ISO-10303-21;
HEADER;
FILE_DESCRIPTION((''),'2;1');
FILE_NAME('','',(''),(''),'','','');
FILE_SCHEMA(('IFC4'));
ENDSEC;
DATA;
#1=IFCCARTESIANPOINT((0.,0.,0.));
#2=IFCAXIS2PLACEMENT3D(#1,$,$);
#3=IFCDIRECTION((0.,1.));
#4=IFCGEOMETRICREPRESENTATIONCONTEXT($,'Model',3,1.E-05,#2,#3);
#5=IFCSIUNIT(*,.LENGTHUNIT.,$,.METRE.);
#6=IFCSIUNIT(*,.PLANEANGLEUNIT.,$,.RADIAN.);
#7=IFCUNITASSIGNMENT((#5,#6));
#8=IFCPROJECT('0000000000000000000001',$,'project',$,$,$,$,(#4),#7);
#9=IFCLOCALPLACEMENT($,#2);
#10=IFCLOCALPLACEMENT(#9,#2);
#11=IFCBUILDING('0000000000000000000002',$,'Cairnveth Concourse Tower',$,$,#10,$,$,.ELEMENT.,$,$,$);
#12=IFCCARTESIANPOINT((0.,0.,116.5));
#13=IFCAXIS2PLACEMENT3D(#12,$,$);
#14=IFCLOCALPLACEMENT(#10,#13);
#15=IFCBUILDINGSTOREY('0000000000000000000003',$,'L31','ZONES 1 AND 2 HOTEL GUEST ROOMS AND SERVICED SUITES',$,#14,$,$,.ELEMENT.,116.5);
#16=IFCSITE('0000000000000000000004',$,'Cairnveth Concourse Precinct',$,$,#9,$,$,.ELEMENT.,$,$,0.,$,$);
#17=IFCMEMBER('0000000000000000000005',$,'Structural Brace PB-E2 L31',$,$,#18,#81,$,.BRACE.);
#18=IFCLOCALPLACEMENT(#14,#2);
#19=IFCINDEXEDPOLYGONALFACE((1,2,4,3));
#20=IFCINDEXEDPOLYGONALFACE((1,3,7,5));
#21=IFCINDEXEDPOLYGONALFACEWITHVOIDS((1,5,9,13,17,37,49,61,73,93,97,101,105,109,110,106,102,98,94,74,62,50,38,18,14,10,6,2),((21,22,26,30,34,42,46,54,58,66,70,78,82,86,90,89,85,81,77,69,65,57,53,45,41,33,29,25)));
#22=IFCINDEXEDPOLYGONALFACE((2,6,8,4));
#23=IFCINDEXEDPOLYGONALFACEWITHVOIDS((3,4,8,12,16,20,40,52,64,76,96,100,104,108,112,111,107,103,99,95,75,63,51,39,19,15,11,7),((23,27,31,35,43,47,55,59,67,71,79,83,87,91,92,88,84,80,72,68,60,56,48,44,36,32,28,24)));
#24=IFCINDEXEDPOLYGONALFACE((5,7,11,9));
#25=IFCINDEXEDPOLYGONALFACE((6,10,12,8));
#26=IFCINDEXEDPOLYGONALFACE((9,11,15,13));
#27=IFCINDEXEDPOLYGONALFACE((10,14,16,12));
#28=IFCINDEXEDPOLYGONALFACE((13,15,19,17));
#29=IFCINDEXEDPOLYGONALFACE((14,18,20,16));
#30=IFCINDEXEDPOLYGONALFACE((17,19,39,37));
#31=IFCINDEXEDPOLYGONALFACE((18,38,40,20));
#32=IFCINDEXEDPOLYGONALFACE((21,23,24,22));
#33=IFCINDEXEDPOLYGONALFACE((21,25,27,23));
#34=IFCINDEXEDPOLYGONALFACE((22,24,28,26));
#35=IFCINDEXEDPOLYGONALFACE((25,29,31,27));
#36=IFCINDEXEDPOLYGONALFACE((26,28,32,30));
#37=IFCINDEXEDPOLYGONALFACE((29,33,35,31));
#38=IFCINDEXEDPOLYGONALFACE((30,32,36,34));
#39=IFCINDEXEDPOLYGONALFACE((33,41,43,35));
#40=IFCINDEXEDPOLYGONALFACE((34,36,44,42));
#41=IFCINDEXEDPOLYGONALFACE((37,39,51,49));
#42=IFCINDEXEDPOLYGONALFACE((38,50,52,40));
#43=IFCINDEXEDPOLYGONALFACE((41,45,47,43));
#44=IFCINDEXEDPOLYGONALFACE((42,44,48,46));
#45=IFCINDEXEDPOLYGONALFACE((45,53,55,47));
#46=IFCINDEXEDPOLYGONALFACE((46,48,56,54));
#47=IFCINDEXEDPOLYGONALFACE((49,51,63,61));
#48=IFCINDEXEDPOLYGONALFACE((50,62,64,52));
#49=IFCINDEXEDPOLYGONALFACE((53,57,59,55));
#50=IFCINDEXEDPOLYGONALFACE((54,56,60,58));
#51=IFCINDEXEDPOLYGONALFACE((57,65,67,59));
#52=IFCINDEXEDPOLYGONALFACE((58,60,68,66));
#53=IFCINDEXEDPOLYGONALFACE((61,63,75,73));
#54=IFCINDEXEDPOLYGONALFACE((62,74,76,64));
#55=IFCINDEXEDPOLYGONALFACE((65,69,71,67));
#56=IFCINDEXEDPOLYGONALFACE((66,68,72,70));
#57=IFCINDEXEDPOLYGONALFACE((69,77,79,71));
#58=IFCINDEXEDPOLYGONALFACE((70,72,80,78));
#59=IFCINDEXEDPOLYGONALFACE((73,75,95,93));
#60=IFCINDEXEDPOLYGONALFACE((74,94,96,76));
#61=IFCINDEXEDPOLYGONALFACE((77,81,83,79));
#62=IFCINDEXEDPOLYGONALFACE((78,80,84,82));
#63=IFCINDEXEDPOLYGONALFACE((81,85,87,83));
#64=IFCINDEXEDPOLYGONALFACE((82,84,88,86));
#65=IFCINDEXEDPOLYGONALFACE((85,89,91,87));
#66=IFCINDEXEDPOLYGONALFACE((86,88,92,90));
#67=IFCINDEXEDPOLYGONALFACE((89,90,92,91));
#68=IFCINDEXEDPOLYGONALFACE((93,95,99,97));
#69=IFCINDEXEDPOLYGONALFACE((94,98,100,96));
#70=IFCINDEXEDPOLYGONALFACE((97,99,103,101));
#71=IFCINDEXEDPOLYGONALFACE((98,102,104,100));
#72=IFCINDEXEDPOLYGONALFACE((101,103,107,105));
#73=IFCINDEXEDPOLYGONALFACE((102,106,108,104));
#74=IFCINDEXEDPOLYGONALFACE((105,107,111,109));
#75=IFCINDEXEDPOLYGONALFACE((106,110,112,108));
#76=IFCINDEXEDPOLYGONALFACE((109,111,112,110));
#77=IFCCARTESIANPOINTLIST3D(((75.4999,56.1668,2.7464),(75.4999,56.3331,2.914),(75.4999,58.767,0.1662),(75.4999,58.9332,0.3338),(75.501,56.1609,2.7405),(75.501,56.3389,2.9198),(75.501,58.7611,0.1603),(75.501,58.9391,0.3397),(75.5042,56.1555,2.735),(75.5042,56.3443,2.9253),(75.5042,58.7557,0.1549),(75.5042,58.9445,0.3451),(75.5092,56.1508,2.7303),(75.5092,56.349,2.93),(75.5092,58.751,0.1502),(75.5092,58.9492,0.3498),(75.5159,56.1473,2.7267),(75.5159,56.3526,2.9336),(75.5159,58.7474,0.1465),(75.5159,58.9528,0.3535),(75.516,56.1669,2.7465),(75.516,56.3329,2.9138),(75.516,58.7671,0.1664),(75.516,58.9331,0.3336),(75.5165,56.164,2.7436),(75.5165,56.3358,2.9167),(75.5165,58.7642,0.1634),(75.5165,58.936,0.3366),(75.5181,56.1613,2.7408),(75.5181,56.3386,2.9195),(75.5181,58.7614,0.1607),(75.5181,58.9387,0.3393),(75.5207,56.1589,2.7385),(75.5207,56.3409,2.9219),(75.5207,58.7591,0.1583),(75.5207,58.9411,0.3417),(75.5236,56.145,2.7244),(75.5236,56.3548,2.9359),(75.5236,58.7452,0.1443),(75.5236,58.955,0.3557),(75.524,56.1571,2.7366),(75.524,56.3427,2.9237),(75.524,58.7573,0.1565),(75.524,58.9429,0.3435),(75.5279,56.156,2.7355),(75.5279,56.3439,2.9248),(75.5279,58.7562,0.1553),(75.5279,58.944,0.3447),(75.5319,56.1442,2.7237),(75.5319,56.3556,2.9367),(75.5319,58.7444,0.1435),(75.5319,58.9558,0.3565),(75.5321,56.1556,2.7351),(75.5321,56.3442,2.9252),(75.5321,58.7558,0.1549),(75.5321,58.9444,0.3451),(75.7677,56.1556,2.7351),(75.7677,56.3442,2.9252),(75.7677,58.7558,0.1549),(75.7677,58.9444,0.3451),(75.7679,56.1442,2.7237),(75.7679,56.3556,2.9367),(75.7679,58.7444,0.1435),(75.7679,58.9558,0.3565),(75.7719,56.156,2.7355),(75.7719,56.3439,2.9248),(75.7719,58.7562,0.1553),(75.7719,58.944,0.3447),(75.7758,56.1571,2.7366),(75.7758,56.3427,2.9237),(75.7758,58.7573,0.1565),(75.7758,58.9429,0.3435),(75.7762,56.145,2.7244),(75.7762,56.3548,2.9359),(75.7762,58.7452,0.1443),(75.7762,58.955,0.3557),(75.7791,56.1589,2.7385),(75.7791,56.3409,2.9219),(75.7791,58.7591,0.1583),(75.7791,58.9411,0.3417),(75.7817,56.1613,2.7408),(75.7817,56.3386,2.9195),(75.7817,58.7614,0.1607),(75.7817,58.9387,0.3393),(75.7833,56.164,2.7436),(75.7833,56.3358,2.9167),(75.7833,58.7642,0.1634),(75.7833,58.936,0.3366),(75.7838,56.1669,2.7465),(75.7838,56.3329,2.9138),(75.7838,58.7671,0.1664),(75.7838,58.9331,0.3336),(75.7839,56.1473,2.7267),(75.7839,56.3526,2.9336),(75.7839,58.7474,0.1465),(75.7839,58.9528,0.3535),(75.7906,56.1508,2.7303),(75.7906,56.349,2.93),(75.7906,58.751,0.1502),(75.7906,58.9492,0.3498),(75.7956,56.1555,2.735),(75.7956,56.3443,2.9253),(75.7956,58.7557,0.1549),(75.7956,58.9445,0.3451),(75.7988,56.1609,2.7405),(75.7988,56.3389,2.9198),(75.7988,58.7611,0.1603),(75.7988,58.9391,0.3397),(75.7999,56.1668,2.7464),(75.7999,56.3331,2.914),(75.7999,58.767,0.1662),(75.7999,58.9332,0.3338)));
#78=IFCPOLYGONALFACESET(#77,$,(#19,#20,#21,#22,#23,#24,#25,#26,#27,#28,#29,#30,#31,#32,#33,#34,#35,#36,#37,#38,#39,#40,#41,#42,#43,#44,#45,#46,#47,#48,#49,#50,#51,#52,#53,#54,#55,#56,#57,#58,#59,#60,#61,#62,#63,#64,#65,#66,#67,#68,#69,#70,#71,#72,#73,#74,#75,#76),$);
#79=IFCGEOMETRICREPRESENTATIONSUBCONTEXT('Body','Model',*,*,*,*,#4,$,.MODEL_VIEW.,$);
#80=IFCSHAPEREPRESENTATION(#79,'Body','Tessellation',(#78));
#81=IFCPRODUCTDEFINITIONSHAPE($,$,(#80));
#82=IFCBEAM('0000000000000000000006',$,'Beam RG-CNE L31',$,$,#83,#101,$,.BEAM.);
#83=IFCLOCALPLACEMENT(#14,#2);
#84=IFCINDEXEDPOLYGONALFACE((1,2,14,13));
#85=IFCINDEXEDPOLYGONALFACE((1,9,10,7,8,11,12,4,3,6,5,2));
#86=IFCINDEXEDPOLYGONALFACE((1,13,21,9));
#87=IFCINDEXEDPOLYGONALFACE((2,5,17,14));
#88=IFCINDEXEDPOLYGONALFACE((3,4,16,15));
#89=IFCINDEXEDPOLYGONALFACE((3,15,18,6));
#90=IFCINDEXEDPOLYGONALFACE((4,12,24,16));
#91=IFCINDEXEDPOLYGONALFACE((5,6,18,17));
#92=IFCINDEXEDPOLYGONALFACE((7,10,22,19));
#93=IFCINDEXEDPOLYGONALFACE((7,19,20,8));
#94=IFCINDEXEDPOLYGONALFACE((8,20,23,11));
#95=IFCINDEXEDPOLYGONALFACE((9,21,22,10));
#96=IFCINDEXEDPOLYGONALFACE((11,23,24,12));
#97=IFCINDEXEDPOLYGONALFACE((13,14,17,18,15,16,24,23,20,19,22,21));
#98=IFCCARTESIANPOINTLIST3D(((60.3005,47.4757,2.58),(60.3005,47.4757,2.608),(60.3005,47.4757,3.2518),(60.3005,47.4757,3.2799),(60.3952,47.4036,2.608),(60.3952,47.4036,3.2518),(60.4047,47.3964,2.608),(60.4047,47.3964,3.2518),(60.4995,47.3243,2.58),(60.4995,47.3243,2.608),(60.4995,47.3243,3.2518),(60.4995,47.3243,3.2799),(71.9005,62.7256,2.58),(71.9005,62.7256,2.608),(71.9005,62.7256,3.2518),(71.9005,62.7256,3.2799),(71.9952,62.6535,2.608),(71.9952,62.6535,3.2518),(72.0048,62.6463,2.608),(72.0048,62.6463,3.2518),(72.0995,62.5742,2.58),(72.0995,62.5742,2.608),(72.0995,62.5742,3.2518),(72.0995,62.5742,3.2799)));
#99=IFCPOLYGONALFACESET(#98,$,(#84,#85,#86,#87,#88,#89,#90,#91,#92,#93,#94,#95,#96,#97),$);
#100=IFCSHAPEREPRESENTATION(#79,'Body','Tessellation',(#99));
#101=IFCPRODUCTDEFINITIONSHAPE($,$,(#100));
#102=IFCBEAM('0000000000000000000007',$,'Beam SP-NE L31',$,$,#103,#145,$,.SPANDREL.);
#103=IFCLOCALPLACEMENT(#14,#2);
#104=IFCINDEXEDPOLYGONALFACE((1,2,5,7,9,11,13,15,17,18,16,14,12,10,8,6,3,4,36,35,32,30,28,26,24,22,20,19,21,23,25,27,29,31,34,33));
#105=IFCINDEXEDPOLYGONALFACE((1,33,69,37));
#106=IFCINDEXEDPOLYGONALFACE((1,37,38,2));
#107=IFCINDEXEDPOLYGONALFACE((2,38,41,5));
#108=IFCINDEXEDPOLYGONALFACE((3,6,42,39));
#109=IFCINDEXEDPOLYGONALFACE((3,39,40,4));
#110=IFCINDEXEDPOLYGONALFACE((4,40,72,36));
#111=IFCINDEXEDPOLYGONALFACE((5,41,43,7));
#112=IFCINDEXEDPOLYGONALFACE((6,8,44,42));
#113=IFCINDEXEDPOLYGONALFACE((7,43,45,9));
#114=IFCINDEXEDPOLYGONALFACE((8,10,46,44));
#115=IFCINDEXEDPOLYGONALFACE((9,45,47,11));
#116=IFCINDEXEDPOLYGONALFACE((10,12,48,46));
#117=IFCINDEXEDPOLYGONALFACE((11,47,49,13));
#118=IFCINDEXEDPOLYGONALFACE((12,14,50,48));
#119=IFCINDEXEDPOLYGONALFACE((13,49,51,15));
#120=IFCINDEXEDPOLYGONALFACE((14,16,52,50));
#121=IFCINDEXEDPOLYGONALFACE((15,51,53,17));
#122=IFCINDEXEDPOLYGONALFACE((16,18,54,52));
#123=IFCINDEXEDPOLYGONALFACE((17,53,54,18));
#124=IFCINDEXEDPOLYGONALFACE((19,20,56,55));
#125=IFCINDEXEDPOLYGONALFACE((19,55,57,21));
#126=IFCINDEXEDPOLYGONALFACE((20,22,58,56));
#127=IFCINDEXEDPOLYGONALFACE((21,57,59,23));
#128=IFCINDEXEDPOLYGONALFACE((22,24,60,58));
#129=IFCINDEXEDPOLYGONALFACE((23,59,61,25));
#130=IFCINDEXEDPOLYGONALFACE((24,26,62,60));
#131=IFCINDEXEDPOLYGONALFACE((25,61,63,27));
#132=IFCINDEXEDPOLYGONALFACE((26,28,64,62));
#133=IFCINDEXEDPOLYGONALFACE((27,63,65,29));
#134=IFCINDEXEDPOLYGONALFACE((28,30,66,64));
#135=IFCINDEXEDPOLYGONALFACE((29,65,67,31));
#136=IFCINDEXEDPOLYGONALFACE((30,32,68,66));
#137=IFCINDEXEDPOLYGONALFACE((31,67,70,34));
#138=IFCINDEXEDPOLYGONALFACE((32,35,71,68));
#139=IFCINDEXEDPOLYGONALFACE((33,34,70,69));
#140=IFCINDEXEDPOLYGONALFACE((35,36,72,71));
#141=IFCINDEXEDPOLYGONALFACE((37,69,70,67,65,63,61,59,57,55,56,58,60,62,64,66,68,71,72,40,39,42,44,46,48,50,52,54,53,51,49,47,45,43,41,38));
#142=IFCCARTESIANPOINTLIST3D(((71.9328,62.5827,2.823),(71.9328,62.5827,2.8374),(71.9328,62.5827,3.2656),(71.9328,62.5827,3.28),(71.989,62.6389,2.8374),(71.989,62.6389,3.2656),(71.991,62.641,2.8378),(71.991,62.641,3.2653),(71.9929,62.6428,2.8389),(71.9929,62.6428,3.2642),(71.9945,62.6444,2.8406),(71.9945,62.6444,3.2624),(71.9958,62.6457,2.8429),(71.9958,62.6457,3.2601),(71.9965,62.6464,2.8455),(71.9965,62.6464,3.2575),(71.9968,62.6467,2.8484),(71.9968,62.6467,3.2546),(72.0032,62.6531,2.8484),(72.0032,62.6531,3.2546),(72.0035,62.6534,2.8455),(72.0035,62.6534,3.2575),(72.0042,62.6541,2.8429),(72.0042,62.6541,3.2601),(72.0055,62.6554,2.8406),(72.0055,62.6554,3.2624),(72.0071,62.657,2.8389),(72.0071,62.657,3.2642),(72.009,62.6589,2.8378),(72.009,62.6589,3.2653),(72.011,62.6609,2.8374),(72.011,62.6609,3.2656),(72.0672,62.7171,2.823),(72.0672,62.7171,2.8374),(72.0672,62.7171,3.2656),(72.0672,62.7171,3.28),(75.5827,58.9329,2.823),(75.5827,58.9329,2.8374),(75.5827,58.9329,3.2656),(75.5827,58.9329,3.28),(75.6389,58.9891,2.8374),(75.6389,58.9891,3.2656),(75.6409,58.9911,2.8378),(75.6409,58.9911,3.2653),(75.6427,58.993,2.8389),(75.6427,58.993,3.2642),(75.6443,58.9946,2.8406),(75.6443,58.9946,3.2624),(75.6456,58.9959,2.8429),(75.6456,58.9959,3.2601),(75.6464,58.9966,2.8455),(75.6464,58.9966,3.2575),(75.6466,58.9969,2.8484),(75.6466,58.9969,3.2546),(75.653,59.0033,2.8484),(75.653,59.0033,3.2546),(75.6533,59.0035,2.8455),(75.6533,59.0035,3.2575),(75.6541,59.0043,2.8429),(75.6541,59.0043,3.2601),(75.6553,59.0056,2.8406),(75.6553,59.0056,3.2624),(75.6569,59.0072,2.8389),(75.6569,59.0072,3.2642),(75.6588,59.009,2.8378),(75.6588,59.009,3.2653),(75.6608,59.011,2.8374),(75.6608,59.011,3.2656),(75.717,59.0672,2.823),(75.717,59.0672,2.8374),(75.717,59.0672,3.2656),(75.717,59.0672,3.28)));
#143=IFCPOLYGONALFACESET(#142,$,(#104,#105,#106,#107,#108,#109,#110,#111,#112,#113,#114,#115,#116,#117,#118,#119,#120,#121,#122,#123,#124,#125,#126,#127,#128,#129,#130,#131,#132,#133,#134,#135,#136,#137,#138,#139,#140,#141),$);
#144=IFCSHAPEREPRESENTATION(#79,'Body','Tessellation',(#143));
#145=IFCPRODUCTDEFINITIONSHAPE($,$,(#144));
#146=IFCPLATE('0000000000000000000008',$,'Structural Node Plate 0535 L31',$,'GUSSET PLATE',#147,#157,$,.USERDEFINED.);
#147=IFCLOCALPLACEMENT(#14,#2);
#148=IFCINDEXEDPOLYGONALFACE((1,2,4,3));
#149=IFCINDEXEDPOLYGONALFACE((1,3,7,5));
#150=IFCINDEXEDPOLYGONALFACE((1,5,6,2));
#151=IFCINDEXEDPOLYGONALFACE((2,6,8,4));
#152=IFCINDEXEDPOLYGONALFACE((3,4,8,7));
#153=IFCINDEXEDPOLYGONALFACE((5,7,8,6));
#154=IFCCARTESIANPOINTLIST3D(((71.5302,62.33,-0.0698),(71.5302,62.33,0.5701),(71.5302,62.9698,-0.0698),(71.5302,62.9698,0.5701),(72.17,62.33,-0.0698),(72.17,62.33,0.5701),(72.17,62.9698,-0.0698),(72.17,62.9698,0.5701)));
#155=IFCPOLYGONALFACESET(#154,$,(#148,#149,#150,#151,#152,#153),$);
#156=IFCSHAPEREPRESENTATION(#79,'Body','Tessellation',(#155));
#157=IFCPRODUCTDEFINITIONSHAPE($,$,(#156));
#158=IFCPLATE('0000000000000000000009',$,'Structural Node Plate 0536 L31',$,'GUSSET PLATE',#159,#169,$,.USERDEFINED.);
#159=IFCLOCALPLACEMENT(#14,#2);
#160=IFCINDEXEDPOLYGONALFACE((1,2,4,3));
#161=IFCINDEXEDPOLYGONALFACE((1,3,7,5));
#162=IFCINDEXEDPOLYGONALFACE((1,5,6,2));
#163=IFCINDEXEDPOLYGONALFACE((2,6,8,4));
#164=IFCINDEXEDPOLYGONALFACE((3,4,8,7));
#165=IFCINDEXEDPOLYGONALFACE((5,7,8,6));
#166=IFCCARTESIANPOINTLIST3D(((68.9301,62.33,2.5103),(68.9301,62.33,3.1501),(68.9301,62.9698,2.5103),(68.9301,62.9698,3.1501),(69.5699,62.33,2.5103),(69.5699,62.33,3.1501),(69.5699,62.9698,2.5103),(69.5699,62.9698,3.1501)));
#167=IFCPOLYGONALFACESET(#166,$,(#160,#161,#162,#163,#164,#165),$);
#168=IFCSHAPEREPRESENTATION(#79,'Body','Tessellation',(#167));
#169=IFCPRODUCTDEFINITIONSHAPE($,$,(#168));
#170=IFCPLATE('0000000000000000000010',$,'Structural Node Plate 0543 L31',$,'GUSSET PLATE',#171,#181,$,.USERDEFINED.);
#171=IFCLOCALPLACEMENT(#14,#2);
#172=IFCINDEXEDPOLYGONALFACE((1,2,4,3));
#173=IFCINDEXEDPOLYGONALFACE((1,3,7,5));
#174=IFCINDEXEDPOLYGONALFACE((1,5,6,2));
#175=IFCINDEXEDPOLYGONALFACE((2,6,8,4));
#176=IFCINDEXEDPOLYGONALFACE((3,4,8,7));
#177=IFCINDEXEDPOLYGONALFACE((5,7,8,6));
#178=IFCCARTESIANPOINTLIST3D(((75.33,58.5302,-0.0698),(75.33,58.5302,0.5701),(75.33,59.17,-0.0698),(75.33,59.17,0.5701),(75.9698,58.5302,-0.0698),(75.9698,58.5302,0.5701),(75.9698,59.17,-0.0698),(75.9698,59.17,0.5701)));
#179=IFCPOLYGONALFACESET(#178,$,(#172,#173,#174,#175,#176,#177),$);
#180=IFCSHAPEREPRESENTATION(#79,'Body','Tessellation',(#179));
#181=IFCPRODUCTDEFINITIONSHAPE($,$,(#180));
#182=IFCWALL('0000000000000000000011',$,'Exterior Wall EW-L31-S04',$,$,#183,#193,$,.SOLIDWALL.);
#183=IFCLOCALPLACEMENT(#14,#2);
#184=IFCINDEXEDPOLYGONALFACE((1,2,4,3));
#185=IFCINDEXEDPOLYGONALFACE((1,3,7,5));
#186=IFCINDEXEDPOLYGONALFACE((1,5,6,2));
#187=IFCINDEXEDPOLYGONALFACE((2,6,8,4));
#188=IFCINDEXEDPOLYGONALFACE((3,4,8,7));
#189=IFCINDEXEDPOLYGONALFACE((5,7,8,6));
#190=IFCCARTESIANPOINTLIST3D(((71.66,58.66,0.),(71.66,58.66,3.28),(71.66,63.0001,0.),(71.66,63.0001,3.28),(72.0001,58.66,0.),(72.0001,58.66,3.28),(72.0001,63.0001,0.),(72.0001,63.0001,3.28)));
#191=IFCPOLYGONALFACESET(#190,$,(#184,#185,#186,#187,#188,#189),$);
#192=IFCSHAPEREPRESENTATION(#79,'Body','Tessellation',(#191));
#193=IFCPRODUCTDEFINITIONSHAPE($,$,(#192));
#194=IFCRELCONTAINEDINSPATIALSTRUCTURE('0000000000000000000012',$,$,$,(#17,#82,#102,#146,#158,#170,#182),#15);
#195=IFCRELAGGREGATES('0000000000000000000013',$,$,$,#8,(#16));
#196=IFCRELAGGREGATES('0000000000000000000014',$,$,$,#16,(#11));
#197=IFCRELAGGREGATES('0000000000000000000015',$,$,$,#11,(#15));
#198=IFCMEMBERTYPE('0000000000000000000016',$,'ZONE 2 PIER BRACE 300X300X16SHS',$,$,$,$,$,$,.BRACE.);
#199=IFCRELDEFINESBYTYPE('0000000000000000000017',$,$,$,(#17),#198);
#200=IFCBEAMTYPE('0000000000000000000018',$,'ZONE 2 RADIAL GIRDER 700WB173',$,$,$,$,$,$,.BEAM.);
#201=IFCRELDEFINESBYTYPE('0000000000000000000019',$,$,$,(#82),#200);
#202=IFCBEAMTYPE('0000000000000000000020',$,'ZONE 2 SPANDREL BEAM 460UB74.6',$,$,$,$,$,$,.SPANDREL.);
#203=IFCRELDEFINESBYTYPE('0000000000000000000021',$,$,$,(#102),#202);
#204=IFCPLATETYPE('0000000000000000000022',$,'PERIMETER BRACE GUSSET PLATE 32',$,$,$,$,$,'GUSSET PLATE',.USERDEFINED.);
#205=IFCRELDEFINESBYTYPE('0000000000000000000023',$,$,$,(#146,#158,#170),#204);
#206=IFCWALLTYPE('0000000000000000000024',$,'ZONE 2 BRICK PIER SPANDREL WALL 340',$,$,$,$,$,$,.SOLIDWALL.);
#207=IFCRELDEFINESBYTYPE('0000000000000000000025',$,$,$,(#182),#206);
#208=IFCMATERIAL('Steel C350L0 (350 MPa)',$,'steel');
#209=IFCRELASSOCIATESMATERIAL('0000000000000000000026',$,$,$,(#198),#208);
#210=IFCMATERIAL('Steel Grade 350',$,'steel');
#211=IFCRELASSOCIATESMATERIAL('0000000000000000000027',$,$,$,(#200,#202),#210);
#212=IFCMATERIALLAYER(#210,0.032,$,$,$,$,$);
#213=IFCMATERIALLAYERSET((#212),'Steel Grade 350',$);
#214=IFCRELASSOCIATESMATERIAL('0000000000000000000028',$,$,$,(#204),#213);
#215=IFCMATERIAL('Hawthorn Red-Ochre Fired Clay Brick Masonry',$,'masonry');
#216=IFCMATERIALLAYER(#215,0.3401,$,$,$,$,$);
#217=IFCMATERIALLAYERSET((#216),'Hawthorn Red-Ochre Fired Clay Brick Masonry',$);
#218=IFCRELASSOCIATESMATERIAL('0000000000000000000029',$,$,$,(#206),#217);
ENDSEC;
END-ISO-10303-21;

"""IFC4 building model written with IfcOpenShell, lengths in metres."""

from ifc_helpers import new_model, si_unit, direction, frame, frame_2d, origin, origin_2d, place, context, subcontext, project, spatial, rectangle, hollow_rectangle, i_section, extrude, material, layer, layer_set, material_profile, profile_set, type_object, element, save


model = new_model("IFC4")

# Units and contexts
model_context = context("Model", 3, precision=1e-05, world=origin(), true_north=direction((0.0, 1.0)))
body_context = subcontext(model_context, "Body", "Model", "MODEL_VIEW")
ifc_project = project(units=[si_unit("LENGTHUNIT", "METRE"), si_unit("PLANEANGLEUNIT", "RADIAN")], contexts=[model_context])

# Site, building, storey
site_placement = place(None, origin())
site = spatial("IfcSite", under=ifc_project, at=site_placement, Name="Cairnveth Concourse Precinct", CompositionType="ELEMENT", RefElevation=0.0)
building_placement = place(site_placement, origin())
building = spatial("IfcBuilding", under=site, at=building_placement, Name="Cairnveth Concourse Tower", CompositionType="ELEMENT")
storey_placement = place(building_placement, frame((0.0, 0.0, 116.5)))
storey = spatial("IfcBuildingStorey", under=building, at=storey_placement, Name="L31", Description="ZONES 1 AND 2 HOTEL GUEST ROOMS AND SERVICED SUITES", CompositionType="ELEMENT", Elevation=116.5)

# Shared definitions
ifc_material_1 = material(Name="Steel Grade 350", Category="steel")

# Member
ifc_material_2 = material(Name="Steel C350L0 (350 MPa)", Category="steel")
ifc_material_profile_1 = material_profile(ifc_material_2, hollow_rectangle(XDim=0.3, YDim=0.3, WallThickness=0.0161, InnerFilletRadius=0.0161, OuterFilletRadius=0.032, at=origin_2d()), Name="300x300x16.0SHS")
ifc_profile_set_1 = profile_set([ifc_material_profile_1], Name="Steel C350L0 (350 MPa)")
member_type = type_object("IfcMemberType", Name="ZONE 2 PIER BRACE 300X300X16SHS", PredefinedType="BRACE", material=ifc_profile_set_1)
for number, where, z_axis, x_axis, name in (
    (1, (75.6499, 58.8501, 0.25), (0.0, -0.709834, 0.704369), (1.0, 0.0, 0.0), "Structural Brace PB-E2 L31"),
):
    element("IfcMember", number, at=place(storey_placement, frame(where, z_axis=z_axis, x_axis=x_axis)), inside=storey, type_object=member_type, Name=name, PredefinedType="BRACE", context=body_context, shape_type="SweptSolid", body=[
        extrude(hollow_rectangle(XDim=0.3, YDim=0.3, WallThickness=0.0161, InnerFilletRadius=0.0161, OuterFilletRadius=0.032, at=origin_2d()), origin(), (0.0, 0.0, 1.0), 3.6631),
    ])

# Beams
ifc_material_profile_2 = material_profile(ifc_material_1, i_section(OverallWidth=0.25, OverallDepth=0.7, WebThickness=0.012, FlangeThickness=0.0281, at=origin_2d()), Name="700WB173")
ifc_profile_set_2 = profile_set([ifc_material_profile_2], Name="Steel Grade 350")
beam_type_1 = type_object("IfcBeamType", Name="ZONE 2 RADIAL GIRDER 700WB173", PredefinedType="BEAM", material=ifc_profile_set_2)
beam_1_placement = place(storey_placement, frame((72.0, 62.6499, 2.9299), z_axis=(-0.605417, -0.795908, 0.0), x_axis=(0.795908, -0.605417, 0.0)))
element("IfcBeam", 2, at=beam_1_placement, inside=storey, type_object=beam_type_1, Name="Beam RG-CNE L31", PredefinedType="BEAM", context=body_context, shape_type="SweptSolid", body=[
    extrude(i_section(OverallWidth=0.25, OverallDepth=0.7, WebThickness=0.012, FlangeThickness=0.0281, at=origin_2d()), origin(), (0.0, 0.0, 1.0), 19.1604),
])
ifc_material_profile_3 = material_profile(ifc_material_1, i_section(OverallWidth=0.1899, OverallDepth=0.457, WebThickness=0.009, FlangeThickness=0.0144, FilletRadius=0.011, at=origin_2d()), Name="460UB74.6")
ifc_profile_set_3 = profile_set([ifc_material_profile_3], Name="Steel Grade 350")
beam_type_2 = type_object("IfcBeamType", Name="ZONE 2 SPANDREL BEAM 460UB74.6", PredefinedType="SPANDREL", material=ifc_profile_set_3)
beam_2_placement = place(storey_placement, frame((72.0, 62.6499, 3.0515), z_axis=(0.707107, -0.707107, 0.0), x_axis=(0.707107, 0.707107, 0.0)))
element("IfcBeam", 3, at=beam_2_placement, inside=storey, type_object=beam_type_2, Name="Beam SP-NE L31", PredefinedType="SPANDREL", context=body_context, shape_type="SweptSolid", body=[
    extrude(i_section(OverallWidth=0.1899, OverallDepth=0.457, WebThickness=0.009, FlangeThickness=0.0144, FilletRadius=0.011, at=origin_2d()), origin(), (0.0, 0.0, 1.0), 5.1616),
])

# Plates
ifc_layer_1 = layer(ifc_material_1, 0.032)
ifc_layer_set_1 = layer_set([ifc_layer_1], Name="Steel Grade 350")
plate_type = type_object("IfcPlateType", Name="PERIMETER BRACE GUSSET PLATE 32", ElementType="GUSSET PLATE", PredefinedType="USERDEFINED", material=ifc_layer_set_1)
for number, where, z_axis, x_axis, name in (
    (4, (71.8501, 62.6499, -0.0698), (0.0, 0.0, 1.0), (1.0, 0.0, 0.0), "Structural Node Plate 0535 L31"),
    (5, (69.25, 62.6499, 2.5103), (0.0, 0.0, 1.0), (1.0, 0.0, 0.0), "Structural Node Plate 0536 L31"),
    (6, (75.6499, 58.8501, -0.0698), (0.0, 0.0, 1.0), (1.0, 0.0, 0.0), "Structural Node Plate 0543 L31"),
):
    element("IfcPlate", number, at=place(storey_placement, frame(where, z_axis=z_axis, x_axis=x_axis)), inside=storey, type_object=plate_type, Name=name, ObjectType="GUSSET PLATE", PredefinedType="USERDEFINED", context=body_context, shape_type="SweptSolid", body=[
        extrude(rectangle(XDim=0.6399, YDim=0.6399, at=origin_2d()), origin(), (0.0, 0.0, 1.0), 0.6399),
    ])

# Wall
ifc_material_3 = material(Name="Hawthorn Red-Ochre Fired Clay Brick Masonry", Category="masonry")
ifc_layer_2 = layer(ifc_material_3, 0.3401)
ifc_layer_set_2 = layer_set([ifc_layer_2], Name="Hawthorn Red-Ochre Fired Clay Brick Masonry")
wall_type = type_object("IfcWallType", Name="ZONE 2 BRICK PIER SPANDREL WALL 340", PredefinedType="SOLIDWALL", material=ifc_layer_set_2)
wall_1_placement = place(storey_placement, frame((71.8301, 63.0, 0.0), z_axis=(0.0, 0.0, 1.0), x_axis=(0.0, -1.0, 0.0)))
element("IfcWall", 7, at=wall_1_placement, inside=storey, type_object=wall_type, Name="Exterior Wall EW-L31-S04", PredefinedType="SOLIDWALL", context=body_context, shape_type="SweptSolid", body=[
    extrude(rectangle(XDim=4.3401, YDim=0.3401, at=frame_2d((2.1699, 0.0))), origin(), (0.0, 0.0, 1.0), 3.28),
])

save(model, "model.ifc")
